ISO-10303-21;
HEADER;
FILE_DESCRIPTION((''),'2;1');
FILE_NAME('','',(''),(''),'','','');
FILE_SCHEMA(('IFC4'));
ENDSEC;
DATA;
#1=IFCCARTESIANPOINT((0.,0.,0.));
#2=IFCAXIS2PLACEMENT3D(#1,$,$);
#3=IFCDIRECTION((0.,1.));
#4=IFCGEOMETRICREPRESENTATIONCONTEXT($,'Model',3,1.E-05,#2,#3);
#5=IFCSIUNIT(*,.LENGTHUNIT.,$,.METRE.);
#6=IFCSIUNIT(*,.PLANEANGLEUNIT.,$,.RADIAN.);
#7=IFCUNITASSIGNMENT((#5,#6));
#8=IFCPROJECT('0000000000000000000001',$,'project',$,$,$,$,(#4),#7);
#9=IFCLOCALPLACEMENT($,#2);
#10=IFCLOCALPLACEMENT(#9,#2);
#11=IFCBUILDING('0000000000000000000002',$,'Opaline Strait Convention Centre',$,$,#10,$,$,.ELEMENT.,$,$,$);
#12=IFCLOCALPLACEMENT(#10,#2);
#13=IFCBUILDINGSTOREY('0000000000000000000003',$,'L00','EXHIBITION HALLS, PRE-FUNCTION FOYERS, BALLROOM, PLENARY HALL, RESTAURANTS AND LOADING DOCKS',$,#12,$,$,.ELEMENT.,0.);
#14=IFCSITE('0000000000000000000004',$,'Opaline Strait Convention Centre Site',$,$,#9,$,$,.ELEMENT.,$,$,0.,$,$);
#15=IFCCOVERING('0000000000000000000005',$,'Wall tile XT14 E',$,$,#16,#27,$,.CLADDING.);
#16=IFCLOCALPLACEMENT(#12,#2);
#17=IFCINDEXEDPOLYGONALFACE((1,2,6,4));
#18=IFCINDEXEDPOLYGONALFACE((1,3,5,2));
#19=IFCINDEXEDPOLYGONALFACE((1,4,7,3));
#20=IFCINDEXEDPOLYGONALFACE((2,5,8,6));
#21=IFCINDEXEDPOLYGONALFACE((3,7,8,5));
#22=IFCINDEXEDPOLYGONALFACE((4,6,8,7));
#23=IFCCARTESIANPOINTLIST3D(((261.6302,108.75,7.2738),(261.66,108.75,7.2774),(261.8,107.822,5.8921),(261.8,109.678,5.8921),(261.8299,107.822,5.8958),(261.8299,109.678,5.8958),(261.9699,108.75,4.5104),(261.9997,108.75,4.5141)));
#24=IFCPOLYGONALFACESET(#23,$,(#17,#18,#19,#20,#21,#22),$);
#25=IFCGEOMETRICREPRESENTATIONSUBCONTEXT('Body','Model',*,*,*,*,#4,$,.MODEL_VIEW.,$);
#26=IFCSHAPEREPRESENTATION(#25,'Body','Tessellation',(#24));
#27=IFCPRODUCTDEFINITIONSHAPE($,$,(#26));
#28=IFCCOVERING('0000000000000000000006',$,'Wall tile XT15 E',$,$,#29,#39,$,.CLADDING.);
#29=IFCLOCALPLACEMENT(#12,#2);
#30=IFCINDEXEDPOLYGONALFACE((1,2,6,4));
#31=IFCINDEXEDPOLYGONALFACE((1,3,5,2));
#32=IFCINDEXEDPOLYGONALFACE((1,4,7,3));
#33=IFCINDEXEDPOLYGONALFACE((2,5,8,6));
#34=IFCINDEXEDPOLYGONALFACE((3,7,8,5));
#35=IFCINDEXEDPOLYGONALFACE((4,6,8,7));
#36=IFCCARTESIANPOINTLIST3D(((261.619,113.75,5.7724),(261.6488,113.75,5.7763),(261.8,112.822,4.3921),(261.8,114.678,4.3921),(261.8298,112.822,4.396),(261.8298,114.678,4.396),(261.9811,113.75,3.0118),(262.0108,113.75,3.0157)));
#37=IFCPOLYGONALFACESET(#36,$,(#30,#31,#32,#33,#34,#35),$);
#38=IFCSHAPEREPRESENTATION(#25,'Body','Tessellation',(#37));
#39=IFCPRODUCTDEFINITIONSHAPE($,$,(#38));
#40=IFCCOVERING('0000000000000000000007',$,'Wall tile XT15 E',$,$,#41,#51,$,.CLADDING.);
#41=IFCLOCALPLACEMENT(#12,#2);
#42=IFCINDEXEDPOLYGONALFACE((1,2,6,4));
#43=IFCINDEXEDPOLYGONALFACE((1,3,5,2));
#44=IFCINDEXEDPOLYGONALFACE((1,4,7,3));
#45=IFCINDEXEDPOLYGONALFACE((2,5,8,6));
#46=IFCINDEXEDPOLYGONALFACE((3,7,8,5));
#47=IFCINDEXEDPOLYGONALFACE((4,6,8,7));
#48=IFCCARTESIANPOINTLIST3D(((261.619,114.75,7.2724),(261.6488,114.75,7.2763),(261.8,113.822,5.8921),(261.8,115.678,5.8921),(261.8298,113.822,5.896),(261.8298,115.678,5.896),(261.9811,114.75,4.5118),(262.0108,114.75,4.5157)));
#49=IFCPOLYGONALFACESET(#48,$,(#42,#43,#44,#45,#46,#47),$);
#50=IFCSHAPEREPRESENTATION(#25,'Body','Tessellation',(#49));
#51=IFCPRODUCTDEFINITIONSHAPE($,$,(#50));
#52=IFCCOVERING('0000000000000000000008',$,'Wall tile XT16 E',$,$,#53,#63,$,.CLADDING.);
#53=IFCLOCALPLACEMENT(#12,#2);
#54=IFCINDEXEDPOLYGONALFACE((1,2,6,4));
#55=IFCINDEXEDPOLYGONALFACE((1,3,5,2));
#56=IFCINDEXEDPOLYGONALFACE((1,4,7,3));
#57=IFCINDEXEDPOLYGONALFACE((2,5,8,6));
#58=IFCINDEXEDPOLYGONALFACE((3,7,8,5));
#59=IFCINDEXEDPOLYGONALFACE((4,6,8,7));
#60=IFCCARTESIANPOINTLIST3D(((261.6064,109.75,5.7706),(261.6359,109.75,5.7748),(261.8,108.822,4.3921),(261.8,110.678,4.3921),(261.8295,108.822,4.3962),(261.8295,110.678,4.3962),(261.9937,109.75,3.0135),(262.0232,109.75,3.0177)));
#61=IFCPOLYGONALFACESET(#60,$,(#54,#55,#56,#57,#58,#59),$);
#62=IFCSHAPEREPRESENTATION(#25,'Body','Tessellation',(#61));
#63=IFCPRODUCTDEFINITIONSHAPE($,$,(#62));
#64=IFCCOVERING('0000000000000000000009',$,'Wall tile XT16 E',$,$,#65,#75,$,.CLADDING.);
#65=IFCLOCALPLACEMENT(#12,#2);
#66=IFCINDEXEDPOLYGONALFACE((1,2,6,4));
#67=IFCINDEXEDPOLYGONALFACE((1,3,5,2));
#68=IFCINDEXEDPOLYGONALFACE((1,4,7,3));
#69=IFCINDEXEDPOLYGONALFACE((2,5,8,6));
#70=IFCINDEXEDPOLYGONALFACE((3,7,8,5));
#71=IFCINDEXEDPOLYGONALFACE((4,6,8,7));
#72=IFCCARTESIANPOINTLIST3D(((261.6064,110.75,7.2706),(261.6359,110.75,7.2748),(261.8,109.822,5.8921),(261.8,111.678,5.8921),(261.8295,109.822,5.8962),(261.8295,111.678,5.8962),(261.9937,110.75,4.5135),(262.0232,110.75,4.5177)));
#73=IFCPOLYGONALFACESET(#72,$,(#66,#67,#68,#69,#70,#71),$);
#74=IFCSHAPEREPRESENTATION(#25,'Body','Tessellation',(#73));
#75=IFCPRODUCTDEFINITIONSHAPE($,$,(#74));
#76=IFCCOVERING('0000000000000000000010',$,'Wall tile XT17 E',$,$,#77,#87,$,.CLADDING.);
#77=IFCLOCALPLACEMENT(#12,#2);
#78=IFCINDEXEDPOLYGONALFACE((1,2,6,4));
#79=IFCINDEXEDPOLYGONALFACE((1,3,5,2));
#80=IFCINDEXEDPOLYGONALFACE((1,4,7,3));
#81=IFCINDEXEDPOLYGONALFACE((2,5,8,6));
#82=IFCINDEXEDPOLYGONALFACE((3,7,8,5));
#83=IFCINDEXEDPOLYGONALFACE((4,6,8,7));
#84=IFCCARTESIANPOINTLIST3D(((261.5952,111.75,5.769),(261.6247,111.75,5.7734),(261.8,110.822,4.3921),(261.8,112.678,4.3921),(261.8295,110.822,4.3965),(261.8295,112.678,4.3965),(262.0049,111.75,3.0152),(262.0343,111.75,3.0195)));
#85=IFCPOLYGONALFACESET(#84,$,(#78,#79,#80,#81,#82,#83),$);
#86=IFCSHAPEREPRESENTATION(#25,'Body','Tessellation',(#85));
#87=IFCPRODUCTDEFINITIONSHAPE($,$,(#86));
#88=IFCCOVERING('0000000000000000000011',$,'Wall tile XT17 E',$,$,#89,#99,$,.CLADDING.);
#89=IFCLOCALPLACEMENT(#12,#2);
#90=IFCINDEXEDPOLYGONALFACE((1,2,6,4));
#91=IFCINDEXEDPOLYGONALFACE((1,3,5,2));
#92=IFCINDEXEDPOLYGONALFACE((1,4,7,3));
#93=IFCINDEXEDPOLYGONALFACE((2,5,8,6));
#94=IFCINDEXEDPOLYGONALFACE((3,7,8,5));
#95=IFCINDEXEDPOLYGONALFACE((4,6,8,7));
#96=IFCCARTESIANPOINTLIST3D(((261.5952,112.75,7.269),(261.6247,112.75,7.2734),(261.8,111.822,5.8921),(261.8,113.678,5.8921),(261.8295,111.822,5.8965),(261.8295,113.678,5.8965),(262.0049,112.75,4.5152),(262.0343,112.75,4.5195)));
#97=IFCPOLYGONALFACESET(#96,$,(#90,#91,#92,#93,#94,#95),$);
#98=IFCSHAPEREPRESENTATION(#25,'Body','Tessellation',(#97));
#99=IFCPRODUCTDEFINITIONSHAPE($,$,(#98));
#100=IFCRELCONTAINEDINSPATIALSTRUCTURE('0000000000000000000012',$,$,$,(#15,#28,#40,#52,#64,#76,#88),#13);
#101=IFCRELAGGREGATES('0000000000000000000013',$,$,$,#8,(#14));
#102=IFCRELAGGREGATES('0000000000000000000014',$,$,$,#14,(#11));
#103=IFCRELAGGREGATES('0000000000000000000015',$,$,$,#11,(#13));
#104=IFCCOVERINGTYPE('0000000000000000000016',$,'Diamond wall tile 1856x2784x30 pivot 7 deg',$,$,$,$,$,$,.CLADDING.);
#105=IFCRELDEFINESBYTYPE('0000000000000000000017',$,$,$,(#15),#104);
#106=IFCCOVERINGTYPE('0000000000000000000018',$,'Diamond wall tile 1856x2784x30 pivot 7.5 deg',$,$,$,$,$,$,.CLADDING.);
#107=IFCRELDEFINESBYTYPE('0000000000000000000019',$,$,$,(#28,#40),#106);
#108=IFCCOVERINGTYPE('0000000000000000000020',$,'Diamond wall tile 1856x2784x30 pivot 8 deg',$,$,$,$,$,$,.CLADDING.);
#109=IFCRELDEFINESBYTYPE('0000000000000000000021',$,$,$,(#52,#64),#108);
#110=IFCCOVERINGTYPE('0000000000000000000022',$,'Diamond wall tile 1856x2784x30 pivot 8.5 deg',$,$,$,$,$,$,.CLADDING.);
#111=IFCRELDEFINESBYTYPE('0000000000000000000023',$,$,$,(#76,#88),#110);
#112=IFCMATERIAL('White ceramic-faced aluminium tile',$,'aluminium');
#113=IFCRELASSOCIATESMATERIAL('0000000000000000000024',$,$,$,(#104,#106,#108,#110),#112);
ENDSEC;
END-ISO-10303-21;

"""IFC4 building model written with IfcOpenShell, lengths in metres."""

from ifc_helpers import new_model, si_unit, direction, frame, origin, place, context, subcontext, project, spatial, polyline, outline, extrude, material, material_profile, profile_set, type_object, element, save


model = new_model("IFC4")

# Units and contexts
model_context = context("Model", 3, precision=1e-05, world=origin(), true_north=direction((0.0, 1.0)))
body_context = subcontext(model_context, "Body", "Model", "MODEL_VIEW")
ifc_project = project(units=[si_unit("LENGTHUNIT", "METRE"), si_unit("PLANEANGLEUNIT", "RADIAN")], contexts=[model_context])

# Site, building, storey
site_placement = place(None, origin())
site = spatial("IfcSite", under=ifc_project, at=site_placement, Name="Opaline Strait Convention Centre Site", CompositionType="ELEMENT", RefElevation=0.0)
building_placement = place(site_placement, origin())
building = spatial("IfcBuilding", under=site, at=building_placement, Name="Opaline Strait Convention Centre", CompositionType="ELEMENT")
storey_placement = place(building_placement, origin())
storey = spatial("IfcBuildingStorey", under=building, at=storey_placement, Name="L00", Description="EXHIBITION HALLS, PRE-FUNCTION FOYERS, BALLROOM, PLENARY HALL, RESTAURANTS AND LOADING DOCKS", CompositionType="ELEMENT", Elevation=0.0)

# Coverings
ifc_material_1 = material(Name="White ceramic-faced aluminium tile", Category="aluminium")
ifc_material_profile_1 = material_profile(ifc_material_1, outline(polyline([(0.928, 0.0), (0.0, 1.3921), (-0.928, 0.0), (0.0, -1.3921), (0.928, 0.0)])), Name="Diamond tile 1856x2784")
ifc_profile_set_1 = profile_set([ifc_material_profile_1], Name="White ceramic-faced aluminium tile")
covering_type_1 = type_object("IfcCoveringType", Name="Diamond wall tile 1856x2784x30 pivot 7 deg", PredefinedType="CLADDING", material=ifc_profile_set_1)
covering_1_placement = place(storey_placement, frame((261.8, 108.75, 5.8921), z_axis=(0.992526, 0.0, 0.122032), x_axis=(0.0, 1.0, 0.0)))
element("IfcCovering", 1, at=covering_1_placement, inside=storey, type_object=covering_type_1, Name="Wall tile XT14 E", PredefinedType="CLADDING", context=body_context, shape_type="SweptSolid", body=[
    extrude(outline(polyline([(0.928, 0.0), (0.0, 1.3921), (-0.928, 0.0), (0.0, -1.3921), (0.928, 0.0)])), origin(), (0.0, 0.0, 1.0), 0.03),
])
ifc_material_profile_2 = material_profile(ifc_material_1, outline(polyline([(0.928, 0.0), (0.0, 1.3921), (-0.928, 0.0), (0.0, -1.3921), (0.928, 0.0)])), Name="Diamond tile 1856x2784")
ifc_profile_set_2 = profile_set([ifc_material_profile_2], Name="White ceramic-faced aluminium tile")
covering_type_2 = type_object("IfcCoveringType", Name="Diamond wall tile 1856x2784x30 pivot 7.5 deg", PredefinedType="CLADDING", material=ifc_profile_set_2)
for number, where, z_axis, x_axis, name in (
    (2, (261.8, 113.75, 4.3921), (0.99151, 0.0, 0.130034), (0.0, 1.0, 0.0), "Wall tile XT15 E"),
    (3, (261.8, 114.75, 5.8921), (0.99151, 0.0, 0.130034), (0.0, 1.0, 0.0), "Wall tile XT15 E"),
):
    element("IfcCovering", number, at=place(storey_placement, frame(where, z_axis=z_axis, x_axis=x_axis)), inside=storey, type_object=covering_type_2, Name=name, PredefinedType="CLADDING", context=body_context, shape_type="SweptSolid", body=[
        extrude(outline(polyline([(0.928, 0.0), (0.0, 1.3921), (-0.928, 0.0), (0.0, -1.3921), (0.928, 0.0)])), origin(), (0.0, 0.0, 1.0), 0.03),
    ])
ifc_material_profile_3 = material_profile(ifc_material_1, outline(polyline([(0.928, 0.0), (0.0, 1.3921), (-0.928, 0.0), (0.0, -1.3921), (0.928, 0.0)])), Name="Diamond tile 1856x2784")
ifc_profile_set_3 = profile_set([ifc_material_profile_3], Name="White ceramic-faced aluminium tile")
covering_type_3 = type_object("IfcCoveringType", Name="Diamond wall tile 1856x2784x30 pivot 8 deg", PredefinedType="CLADDING", material=ifc_profile_set_3)
for number, where, z_axis, x_axis, name in (
    (4, (261.8, 109.75, 4.3921), (0.990274, 0.0, 0.139129), (0.0, 1.0, 0.0), "Wall tile XT16 E"),
    (5, (261.8, 110.75, 5.8921), (0.990274, 0.0, 0.139129), (0.0, 1.0, 0.0), "Wall tile XT16 E"),
):
    element("IfcCovering", number, at=place(storey_placement, frame(where, z_axis=z_axis, x_axis=x_axis)), inside=storey, type_object=covering_type_3, Name=name, PredefinedType="CLADDING", context=body_context, shape_type="SweptSolid", body=[
        extrude(outline(polyline([(0.928, 0.0), (0.0, 1.3921), (-0.928, 0.0), (0.0, -1.3921), (0.928, 0.0)])), origin(), (0.0, 0.0, 1.0), 0.0298),
    ])
ifc_material_profile_4 = material_profile(ifc_material_1, outline(polyline([(0.928, 0.0), (0.0, 1.3921), (-0.928, 0.0), (0.0, -1.3921), (0.928, 0.0)])), Name="Diamond tile 1856x2784")
ifc_profile_set_4 = profile_set([ifc_material_profile_4], Name="White ceramic-faced aluminium tile")
covering_type_4 = type_object("IfcCoveringType", Name="Diamond wall tile 1856x2784x30 pivot 8.5 deg", PredefinedType="CLADDING", material=ifc_profile_set_4)
for number, where, z_axis, x_axis, name in (
    (6, (261.8, 111.75, 4.3921), (0.989116, 0.0, 0.147141), (0.0, 1.0, 0.0), "Wall tile XT17 E"),
    (7, (261.8, 112.75, 5.8921), (0.989116, 0.0, 0.147141), (0.0, 1.0, 0.0), "Wall tile XT17 E"),
):
    element("IfcCovering", number, at=place(storey_placement, frame(where, z_axis=z_axis, x_axis=x_axis)), inside=storey, type_object=covering_type_4, Name=name, PredefinedType="CLADDING", context=body_context, shape_type="SweptSolid", body=[
        extrude(outline(polyline([(0.928, 0.0), (0.0, 1.3921), (-0.928, 0.0), (0.0, -1.3921), (0.928, 0.0)])), origin(), (0.0, 0.0, 1.0), 0.0298),
    ])

save(model, "model.ifc")
